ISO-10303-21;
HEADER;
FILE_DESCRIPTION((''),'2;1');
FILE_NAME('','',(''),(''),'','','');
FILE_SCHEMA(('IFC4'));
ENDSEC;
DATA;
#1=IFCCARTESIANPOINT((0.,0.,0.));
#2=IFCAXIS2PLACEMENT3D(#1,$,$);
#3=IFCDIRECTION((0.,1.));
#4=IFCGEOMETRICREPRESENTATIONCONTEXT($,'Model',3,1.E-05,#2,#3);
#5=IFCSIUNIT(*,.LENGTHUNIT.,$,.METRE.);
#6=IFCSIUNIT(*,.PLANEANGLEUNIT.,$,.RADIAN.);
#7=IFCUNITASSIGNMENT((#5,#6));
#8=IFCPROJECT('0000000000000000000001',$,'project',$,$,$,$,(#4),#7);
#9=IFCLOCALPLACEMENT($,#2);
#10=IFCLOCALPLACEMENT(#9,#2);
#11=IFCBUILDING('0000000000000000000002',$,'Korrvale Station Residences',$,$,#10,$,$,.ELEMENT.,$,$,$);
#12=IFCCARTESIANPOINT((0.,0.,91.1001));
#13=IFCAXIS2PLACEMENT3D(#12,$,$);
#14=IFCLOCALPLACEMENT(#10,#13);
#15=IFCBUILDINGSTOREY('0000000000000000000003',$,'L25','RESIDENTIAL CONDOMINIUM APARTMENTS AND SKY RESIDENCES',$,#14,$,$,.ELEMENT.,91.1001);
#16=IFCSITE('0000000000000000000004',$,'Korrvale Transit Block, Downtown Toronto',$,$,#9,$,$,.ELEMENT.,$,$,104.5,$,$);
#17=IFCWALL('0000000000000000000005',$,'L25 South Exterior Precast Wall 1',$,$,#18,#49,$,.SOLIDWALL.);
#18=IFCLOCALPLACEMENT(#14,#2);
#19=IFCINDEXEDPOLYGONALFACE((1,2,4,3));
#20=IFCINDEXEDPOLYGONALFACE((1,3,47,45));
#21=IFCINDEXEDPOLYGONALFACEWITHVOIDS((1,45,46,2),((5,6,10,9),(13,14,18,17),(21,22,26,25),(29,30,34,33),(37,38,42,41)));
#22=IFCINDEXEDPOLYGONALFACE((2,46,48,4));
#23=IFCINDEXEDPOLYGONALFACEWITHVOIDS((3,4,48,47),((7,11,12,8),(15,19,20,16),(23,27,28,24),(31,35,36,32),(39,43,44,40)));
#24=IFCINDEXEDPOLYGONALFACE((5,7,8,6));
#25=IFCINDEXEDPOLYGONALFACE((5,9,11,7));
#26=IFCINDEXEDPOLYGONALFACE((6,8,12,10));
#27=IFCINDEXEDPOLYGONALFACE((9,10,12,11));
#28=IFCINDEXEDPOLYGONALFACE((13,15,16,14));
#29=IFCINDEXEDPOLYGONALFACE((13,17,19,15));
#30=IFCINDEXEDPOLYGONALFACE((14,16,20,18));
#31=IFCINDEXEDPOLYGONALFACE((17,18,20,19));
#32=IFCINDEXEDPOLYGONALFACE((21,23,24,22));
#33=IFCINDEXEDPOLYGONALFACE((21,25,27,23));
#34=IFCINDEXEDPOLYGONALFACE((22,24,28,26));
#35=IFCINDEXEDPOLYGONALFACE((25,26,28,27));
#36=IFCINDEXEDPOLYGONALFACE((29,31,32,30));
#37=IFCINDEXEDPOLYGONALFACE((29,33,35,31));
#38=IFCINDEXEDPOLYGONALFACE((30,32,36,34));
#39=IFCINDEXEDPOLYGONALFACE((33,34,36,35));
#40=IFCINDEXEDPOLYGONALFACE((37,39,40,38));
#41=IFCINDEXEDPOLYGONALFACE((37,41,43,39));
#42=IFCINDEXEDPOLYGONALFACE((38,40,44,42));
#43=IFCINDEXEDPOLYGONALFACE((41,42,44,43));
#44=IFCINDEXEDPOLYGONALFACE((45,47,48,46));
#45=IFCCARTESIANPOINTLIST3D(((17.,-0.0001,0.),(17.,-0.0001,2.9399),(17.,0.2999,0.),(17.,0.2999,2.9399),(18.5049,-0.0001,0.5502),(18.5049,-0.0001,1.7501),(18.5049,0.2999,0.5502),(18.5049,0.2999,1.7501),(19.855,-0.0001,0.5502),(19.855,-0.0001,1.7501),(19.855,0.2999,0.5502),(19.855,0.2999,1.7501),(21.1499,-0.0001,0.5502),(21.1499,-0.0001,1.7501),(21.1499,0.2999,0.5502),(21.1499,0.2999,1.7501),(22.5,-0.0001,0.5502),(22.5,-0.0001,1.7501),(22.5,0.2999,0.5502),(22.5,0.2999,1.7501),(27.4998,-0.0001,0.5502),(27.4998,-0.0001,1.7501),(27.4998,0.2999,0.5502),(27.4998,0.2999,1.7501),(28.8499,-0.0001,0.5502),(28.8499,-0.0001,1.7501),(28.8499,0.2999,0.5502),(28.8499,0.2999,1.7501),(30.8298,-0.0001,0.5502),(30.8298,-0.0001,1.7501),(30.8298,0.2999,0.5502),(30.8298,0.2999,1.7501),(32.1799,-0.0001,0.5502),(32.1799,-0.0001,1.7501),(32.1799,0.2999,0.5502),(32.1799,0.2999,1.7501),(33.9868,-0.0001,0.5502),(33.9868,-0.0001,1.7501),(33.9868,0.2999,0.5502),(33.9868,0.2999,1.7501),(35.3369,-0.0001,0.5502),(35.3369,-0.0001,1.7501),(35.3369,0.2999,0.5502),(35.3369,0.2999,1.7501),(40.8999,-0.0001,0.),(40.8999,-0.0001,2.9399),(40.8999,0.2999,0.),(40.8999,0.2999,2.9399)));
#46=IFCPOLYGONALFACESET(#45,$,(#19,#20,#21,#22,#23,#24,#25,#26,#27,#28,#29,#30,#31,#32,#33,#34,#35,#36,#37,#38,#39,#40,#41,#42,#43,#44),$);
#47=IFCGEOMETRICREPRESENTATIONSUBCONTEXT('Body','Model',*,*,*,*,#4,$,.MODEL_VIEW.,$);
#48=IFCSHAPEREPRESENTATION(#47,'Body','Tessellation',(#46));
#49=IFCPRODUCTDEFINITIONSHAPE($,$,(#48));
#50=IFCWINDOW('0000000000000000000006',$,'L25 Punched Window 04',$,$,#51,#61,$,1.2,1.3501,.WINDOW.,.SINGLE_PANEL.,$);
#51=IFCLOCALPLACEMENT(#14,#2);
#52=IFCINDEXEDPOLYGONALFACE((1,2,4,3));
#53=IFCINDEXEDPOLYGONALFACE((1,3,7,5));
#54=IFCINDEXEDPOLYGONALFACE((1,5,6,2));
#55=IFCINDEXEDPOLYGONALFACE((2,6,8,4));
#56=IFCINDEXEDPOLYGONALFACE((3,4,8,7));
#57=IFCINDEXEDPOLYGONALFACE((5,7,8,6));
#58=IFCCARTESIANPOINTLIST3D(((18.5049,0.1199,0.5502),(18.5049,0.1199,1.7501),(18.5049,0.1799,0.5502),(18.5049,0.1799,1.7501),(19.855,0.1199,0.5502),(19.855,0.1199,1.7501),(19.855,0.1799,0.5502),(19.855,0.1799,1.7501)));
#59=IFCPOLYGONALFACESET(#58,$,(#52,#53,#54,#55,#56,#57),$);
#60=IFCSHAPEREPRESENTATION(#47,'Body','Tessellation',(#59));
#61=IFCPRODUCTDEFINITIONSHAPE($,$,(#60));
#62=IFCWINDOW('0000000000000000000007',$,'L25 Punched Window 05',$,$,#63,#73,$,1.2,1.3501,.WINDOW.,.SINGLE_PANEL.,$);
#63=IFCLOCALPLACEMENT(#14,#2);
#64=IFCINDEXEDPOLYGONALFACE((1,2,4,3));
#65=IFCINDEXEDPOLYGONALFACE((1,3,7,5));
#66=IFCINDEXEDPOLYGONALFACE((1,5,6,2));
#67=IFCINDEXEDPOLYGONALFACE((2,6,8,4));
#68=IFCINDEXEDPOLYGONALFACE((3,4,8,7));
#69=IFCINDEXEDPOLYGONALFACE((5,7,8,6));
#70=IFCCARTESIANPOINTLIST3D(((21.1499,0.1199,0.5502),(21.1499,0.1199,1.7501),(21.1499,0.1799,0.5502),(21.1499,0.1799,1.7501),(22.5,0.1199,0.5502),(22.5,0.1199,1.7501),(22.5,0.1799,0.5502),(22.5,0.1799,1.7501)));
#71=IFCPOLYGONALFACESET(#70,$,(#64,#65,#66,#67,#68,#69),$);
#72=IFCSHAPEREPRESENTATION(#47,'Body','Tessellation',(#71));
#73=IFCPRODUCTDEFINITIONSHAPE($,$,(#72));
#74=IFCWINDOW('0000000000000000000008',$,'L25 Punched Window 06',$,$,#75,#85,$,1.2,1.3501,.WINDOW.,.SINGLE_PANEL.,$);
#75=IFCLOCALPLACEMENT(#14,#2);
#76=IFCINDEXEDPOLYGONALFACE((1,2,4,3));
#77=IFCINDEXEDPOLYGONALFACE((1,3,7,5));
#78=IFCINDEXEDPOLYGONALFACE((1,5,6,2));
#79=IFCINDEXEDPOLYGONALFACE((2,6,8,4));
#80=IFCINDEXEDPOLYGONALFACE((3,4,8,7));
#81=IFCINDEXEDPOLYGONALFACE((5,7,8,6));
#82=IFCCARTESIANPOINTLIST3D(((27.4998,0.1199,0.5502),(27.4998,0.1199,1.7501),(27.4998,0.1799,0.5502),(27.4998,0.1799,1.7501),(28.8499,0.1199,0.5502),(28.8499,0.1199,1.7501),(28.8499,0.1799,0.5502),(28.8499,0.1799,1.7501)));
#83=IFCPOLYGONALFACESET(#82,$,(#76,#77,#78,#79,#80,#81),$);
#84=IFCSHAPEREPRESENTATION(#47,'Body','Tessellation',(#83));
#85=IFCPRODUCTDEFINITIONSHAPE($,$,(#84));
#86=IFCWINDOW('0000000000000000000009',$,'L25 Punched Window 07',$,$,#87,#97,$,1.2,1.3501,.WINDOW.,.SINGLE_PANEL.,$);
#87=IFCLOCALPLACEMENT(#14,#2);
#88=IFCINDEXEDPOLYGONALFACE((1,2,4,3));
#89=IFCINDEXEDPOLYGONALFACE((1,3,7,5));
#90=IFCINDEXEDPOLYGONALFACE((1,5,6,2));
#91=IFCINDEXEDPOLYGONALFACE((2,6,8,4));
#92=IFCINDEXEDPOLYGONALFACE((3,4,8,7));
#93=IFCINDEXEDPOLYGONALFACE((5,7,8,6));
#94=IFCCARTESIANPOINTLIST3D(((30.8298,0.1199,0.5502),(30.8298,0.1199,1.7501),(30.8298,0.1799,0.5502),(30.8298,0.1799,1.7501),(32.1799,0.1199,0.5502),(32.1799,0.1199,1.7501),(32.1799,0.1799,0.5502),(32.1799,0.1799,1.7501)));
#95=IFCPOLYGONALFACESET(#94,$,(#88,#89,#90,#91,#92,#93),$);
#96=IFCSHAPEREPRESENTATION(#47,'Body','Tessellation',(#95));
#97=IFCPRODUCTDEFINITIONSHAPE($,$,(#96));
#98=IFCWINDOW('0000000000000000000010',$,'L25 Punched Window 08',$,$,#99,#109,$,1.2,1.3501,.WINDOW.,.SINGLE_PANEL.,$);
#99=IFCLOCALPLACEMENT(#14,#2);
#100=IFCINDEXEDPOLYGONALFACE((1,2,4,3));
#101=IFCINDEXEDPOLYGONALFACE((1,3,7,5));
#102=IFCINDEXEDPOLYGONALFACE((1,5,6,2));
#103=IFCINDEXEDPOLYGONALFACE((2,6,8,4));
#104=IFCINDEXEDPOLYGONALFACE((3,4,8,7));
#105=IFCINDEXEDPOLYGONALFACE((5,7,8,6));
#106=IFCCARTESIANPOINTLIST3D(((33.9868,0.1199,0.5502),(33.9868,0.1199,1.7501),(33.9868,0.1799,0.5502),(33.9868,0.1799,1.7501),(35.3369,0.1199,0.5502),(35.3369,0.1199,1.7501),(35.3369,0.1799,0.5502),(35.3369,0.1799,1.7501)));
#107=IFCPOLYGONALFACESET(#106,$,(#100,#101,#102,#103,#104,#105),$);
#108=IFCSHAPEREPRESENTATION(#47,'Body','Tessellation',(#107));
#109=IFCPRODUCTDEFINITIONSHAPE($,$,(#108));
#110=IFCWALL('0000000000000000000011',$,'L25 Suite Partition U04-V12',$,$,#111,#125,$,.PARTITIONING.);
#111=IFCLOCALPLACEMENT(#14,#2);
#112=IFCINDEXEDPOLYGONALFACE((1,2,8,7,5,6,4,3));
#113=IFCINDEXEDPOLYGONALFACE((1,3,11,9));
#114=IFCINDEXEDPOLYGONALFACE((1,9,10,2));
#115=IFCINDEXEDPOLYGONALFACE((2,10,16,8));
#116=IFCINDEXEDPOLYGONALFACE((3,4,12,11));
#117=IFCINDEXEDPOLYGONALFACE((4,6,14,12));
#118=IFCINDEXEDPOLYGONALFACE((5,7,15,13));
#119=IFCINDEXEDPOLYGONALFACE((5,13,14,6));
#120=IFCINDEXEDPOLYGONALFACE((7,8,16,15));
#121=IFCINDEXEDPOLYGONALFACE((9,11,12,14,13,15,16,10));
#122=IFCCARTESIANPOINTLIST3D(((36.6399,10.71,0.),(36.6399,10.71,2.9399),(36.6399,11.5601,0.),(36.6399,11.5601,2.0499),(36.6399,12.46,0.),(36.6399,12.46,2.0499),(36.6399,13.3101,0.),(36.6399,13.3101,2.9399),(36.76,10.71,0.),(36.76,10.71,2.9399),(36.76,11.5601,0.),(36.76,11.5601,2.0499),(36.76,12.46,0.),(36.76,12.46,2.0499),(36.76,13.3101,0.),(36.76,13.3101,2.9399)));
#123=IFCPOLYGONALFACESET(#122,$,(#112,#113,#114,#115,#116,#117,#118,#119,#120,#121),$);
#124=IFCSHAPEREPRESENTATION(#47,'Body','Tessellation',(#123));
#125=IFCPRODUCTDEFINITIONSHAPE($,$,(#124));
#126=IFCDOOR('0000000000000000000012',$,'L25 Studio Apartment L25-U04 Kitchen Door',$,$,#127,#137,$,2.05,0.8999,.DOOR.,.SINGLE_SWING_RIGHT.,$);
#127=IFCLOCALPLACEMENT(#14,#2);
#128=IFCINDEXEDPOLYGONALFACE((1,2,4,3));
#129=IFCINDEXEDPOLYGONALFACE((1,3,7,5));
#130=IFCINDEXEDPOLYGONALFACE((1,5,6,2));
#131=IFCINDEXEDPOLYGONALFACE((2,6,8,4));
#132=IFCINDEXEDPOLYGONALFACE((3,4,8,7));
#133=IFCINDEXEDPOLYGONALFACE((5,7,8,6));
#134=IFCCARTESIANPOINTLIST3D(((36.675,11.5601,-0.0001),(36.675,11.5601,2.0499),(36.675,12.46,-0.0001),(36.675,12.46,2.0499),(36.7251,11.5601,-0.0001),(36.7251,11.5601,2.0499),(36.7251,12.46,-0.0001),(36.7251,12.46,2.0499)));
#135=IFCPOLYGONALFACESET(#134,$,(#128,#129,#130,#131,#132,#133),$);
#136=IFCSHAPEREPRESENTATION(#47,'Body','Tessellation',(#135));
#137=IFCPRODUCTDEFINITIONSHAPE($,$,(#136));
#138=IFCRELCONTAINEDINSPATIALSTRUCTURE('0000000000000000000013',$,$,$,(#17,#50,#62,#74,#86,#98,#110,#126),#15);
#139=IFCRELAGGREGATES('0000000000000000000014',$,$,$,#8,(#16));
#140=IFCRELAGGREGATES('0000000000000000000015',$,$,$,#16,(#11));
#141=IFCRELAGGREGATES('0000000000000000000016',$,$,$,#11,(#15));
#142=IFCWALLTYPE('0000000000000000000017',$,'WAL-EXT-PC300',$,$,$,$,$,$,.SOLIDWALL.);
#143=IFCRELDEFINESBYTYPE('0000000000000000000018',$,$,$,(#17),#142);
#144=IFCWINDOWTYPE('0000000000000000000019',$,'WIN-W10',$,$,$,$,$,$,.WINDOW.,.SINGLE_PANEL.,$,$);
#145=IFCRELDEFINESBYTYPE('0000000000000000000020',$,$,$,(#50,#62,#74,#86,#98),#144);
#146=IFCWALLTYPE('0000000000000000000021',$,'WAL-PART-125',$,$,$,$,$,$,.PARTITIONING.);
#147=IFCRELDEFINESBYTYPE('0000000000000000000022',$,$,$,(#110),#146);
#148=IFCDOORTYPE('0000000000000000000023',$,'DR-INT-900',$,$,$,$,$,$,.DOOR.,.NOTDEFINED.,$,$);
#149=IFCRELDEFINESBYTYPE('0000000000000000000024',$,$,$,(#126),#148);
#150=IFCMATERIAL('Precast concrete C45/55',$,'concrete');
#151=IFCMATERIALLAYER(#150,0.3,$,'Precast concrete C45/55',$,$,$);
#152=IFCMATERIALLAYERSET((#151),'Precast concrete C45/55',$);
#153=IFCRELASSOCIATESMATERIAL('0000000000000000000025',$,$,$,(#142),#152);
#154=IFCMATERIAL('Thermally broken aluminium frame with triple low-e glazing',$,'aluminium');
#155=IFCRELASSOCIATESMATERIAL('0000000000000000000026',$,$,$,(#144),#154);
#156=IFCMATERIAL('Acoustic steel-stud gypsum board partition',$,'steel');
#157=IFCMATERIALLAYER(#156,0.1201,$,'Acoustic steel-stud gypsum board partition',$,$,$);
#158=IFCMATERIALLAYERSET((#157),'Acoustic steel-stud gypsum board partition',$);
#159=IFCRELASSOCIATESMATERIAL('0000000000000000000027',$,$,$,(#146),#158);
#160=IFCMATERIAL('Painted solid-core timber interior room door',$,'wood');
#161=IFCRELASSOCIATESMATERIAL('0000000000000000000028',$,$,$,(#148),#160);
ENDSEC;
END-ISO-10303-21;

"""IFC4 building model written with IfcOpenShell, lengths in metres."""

from ifc_helpers import new_model, si_unit, direction, frame, frame_2d, origin, place, context, subcontext, project, spatial, rectangle, extrude, material, layer, layer_set, type_object, element, fill, save


model = new_model("IFC4")

# Units and contexts
model_context = context("Model", 3, precision=1e-05, world=origin(), true_north=direction((0.0, 1.0)))
body_context = subcontext(model_context, "Body", "Model", "MODEL_VIEW")
ifc_project = project(units=[si_unit("LENGTHUNIT", "METRE"), si_unit("PLANEANGLEUNIT", "RADIAN")], contexts=[model_context])

# Site, building, storey
site_placement = place(None, origin())
site = spatial("IfcSite", under=ifc_project, at=site_placement, Name="Korrvale Transit Block, Downtown Toronto", CompositionType="ELEMENT", RefElevation=104.5)
building_placement = place(site_placement, origin())
building = spatial("IfcBuilding", under=site, at=building_placement, Name="Korrvale Station Residences", CompositionType="ELEMENT")
storey_placement = place(building_placement, frame((0.0, 0.0, 91.1001)))
storey = spatial("IfcBuildingStorey", under=building, at=storey_placement, Name="L25", Description="RESIDENTIAL CONDOMINIUM APARTMENTS AND SKY RESIDENCES", CompositionType="ELEMENT", Elevation=91.1001)

# Shared definitions
ifc_material_1 = material(Name="Precast concrete C45/55", Category="concrete")

# Wall, openings, windows
ifc_layer_1 = layer(ifc_material_1, 0.3, Name="Precast concrete C45/55")
ifc_layer_set_1 = layer_set([ifc_layer_1], Name="Precast concrete C45/55")
wall_type_1 = type_object("IfcWallType", Name="WAL-EXT-PC300", PredefinedType="SOLIDWALL", material=ifc_layer_set_1)
wall_1_placement = place(storey_placement, frame((40.8999, 0.1499, 0.0), z_axis=(0.0, 0.0, 1.0), x_axis=(-1.0, 0.0, 0.0)))
wall_1 = element("IfcWall", 1, at=wall_1_placement, inside=storey, type_object=wall_type_1, Name="L25 South Exterior Precast Wall 1", PredefinedType="SOLIDWALL", context=body_context, shape_type="SweptSolid", body=[
    extrude(rectangle(XDim=23.8999, YDim=0.3, at=frame_2d((11.95, 0.0))), origin(), (0.0, 0.0, 1.0), 2.9399),
])
opening_1_placement = place(wall_1_placement, frame((21.0449, 0.0, 0.55)))
opening_1 = element("IfcOpeningElement", 2, at=opening_1_placement, cuts=wall_1, PredefinedType="OPENING", context=body_context, shape_type="SweptSolid", body=[
    extrude(rectangle(XDim=1.3501, YDim=1.2, at=frame_2d((0.675, 0.6001))), frame((0.0, 0.1602, 0.0), z_axis=(0.0, -1.0, 0.0), x_axis=(1.0, 0.0, 0.0)), (0.0, 0.0, 1.0), 0.3201),
])
opening_2_placement = place(wall_1_placement, frame((18.3999, 0.0, 0.55)))
opening_2 = element("IfcOpeningElement", 3, at=opening_2_placement, cuts=wall_1, PredefinedType="OPENING", context=body_context, shape_type="SweptSolid", body=[
    extrude(rectangle(XDim=1.3501, YDim=1.2, at=frame_2d((0.675, 0.6001))), frame((0.0, 0.1602, 0.0), z_axis=(0.0, -1.0, 0.0), x_axis=(1.0, 0.0, 0.0)), (0.0, 0.0, 1.0), 0.3201),
])
opening_3_placement = place(wall_1_placement, frame((12.05, 0.0, 0.55)))
opening_3 = element("IfcOpeningElement", 4, at=opening_3_placement, cuts=wall_1, PredefinedType="OPENING", context=body_context, shape_type="SweptSolid", body=[
    extrude(rectangle(XDim=1.3501, YDim=1.2, at=frame_2d((0.675, 0.6001))), frame((0.0, 0.1602, 0.0), z_axis=(0.0, -1.0, 0.0), x_axis=(1.0, 0.0, 0.0)), (0.0, 0.0, 1.0), 0.3201),
])
opening_4_placement = place(wall_1_placement, frame((8.72, 0.0, 0.55)))
opening_4 = element("IfcOpeningElement", 5, at=opening_4_placement, cuts=wall_1, PredefinedType="OPENING", context=body_context, shape_type="SweptSolid", body=[
    extrude(rectangle(XDim=1.3501, YDim=1.2, at=frame_2d((0.675, 0.6001))), frame((0.0, 0.1602, 0.0), z_axis=(0.0, -1.0, 0.0), x_axis=(1.0, 0.0, 0.0)), (0.0, 0.0, 1.0), 0.3201),
])
opening_5_placement = place(wall_1_placement, frame((5.563, 0.0, 0.55)))
opening_5 = element("IfcOpeningElement", 6, at=opening_5_placement, cuts=wall_1, PredefinedType="OPENING", context=body_context, shape_type="SweptSolid", body=[
    extrude(rectangle(XDim=1.3501, YDim=1.2, at=frame_2d((0.675, 0.6001))), frame((0.0, 0.1602, 0.0), z_axis=(0.0, -1.0, 0.0), x_axis=(1.0, 0.0, 0.0)), (0.0, 0.0, 1.0), 0.3201),
])
ifc_material_2 = material(Name="Thermally broken aluminium frame with triple low-e glazing", Category="aluminium")
window_type = type_object("IfcWindowType", Name="WIN-W10", PartitioningType="SINGLE_PANEL", PredefinedType="WINDOW", material=ifc_material_2)
window_1_placement = place(opening_1_placement, origin())
window_1 = element("IfcWindow", 7, at=window_1_placement, inside=storey, type_object=window_type, Name="L25 Punched Window 04", OverallHeight=1.2, OverallWidth=1.3501, PartitioningType="SINGLE_PANEL", PredefinedType="WINDOW", context=body_context, shape_type="SweptSolid", body=[
    extrude(rectangle(XDim=1.3501, YDim=1.2, at=frame_2d((0.675, 0.6001))), frame((0.0, 0.03, 0.0), z_axis=(0.0, -1.0, 0.0), x_axis=(1.0, 0.0, 0.0)), (0.0, 0.0, 1.0), 0.0601),
])
fill(opening_1, window_1)
window_2_placement = place(opening_2_placement, origin())
window_2 = element("IfcWindow", 8, at=window_2_placement, inside=storey, type_object=window_type, Name="L25 Punched Window 05", OverallHeight=1.2, OverallWidth=1.3501, PartitioningType="SINGLE_PANEL", PredefinedType="WINDOW", context=body_context, shape_type="SweptSolid", body=[
    extrude(rectangle(XDim=1.3501, YDim=1.2, at=frame_2d((0.675, 0.6001))), frame((0.0, 0.03, 0.0), z_axis=(0.0, -1.0, 0.0), x_axis=(1.0, 0.0, 0.0)), (0.0, 0.0, 1.0), 0.0601),
])
fill(opening_2, window_2)
window_3_placement = place(opening_3_placement, origin())
window_3 = element("IfcWindow", 9, at=window_3_placement, inside=storey, type_object=window_type, Name="L25 Punched Window 06", OverallHeight=1.2, OverallWidth=1.3501, PartitioningType="SINGLE_PANEL", PredefinedType="WINDOW", context=body_context, shape_type="SweptSolid", body=[
    extrude(rectangle(XDim=1.3501, YDim=1.2, at=frame_2d((0.675, 0.6001))), frame((0.0, 0.03, 0.0), z_axis=(0.0, -1.0, 0.0), x_axis=(1.0, 0.0, 0.0)), (0.0, 0.0, 1.0), 0.0601),
])
fill(opening_3, window_3)
window_4_placement = place(opening_4_placement, origin())
window_4 = element("IfcWindow", 10, at=window_4_placement, inside=storey, type_object=window_type, Name="L25 Punched Window 07", OverallHeight=1.2, OverallWidth=1.3501, PartitioningType="SINGLE_PANEL", PredefinedType="WINDOW", context=body_context, shape_type="SweptSolid", body=[
    extrude(rectangle(XDim=1.3501, YDim=1.2, at=frame_2d((0.675, 0.6001))), frame((0.0, 0.03, 0.0), z_axis=(0.0, -1.0, 0.0), x_axis=(1.0, 0.0, 0.0)), (0.0, 0.0, 1.0), 0.0601),
])
fill(opening_4, window_4)
window_5_placement = place(opening_5_placement, origin())
window_5 = element("IfcWindow", 11, at=window_5_placement, inside=storey, type_object=window_type, Name="L25 Punched Window 08", OverallHeight=1.2, OverallWidth=1.3501, PartitioningType="SINGLE_PANEL", PredefinedType="WINDOW", context=body_context, shape_type="SweptSolid", body=[
    extrude(rectangle(XDim=1.3501, YDim=1.2, at=frame_2d((0.675, 0.6001))), frame((0.0, 0.03, 0.0), z_axis=(0.0, -1.0, 0.0), x_axis=(1.0, 0.0, 0.0)), (0.0, 0.0, 1.0), 0.0601),
])
fill(opening_5, window_5)

# Wall, opening, door
ifc_material_3 = material(Name="Acoustic steel-stud gypsum board partition", Category="steel")
ifc_layer_2 = layer(ifc_material_3, 0.1201, Name="Acoustic steel-stud gypsum board partition")
ifc_layer_set_2 = layer_set([ifc_layer_2], Name="Acoustic steel-stud gypsum board partition")
wall_type_2 = type_object("IfcWallType", Name="WAL-PART-125", PredefinedType="PARTITIONING", material=ifc_layer_set_2)
wall_2_placement = place(storey_placement, frame((36.7, 10.71, 0.0), z_axis=(0.0, 0.0, 1.0), x_axis=(0.0, 1.0, 0.0)))
wall_2 = element("IfcWall", 12, at=wall_2_placement, inside=storey, type_object=wall_type_2, Name="L25 Suite Partition U04-V12", PredefinedType="PARTITIONING", context=body_context, shape_type="SweptSolid", body=[
    extrude(rectangle(XDim=2.6001, YDim=0.1201, at=frame_2d((1.3, 0.0))), origin(), (0.0, 0.0, 1.0), 2.9399),
])
opening_6_placement = place(wall_2_placement, frame((0.8501, 0.0, 0.0)))
opening_6 = element("IfcOpeningElement", 13, at=opening_6_placement, cuts=wall_2, PredefinedType="OPENING", context=body_context, shape_type="SweptSolid", body=[
    extrude(rectangle(XDim=0.8999, YDim=2.05, at=frame_2d((0.45, 1.0249))), frame((0.0, 0.0701, 0.0), z_axis=(0.0, -1.0, 0.0), x_axis=(1.0, 0.0, 0.0)), (0.0, 0.0, 1.0), 0.1401),
])
ifc_material_4 = material(Name="Painted solid-core timber interior room door", Category="wood")
door_type = type_object("IfcDoorType", Name="DR-INT-900", OperationType="NOTDEFINED", PredefinedType="DOOR", material=ifc_material_4)
door_1_placement = place(opening_6_placement, origin())
door_1 = element("IfcDoor", 14, at=door_1_placement, inside=storey, type_object=door_type, Name="L25 Studio Apartment L25-U04 Kitchen Door", OperationType="SINGLE_SWING_RIGHT", OverallHeight=2.05, OverallWidth=0.8999, PredefinedType="DOOR", context=body_context, shape_type="SweptSolid", body=[
    extrude(rectangle(XDim=0.8999, YDim=2.05, at=frame_2d((0.45, 1.0249))), frame((0.0, 0.0249, 0.0), z_axis=(0.0, -1.0, 0.0), x_axis=(1.0, 0.0, 0.0)), (0.0, 0.0, 1.0), 0.05),
])
fill(opening_6, door_1)

save(model, "model.ifc")
